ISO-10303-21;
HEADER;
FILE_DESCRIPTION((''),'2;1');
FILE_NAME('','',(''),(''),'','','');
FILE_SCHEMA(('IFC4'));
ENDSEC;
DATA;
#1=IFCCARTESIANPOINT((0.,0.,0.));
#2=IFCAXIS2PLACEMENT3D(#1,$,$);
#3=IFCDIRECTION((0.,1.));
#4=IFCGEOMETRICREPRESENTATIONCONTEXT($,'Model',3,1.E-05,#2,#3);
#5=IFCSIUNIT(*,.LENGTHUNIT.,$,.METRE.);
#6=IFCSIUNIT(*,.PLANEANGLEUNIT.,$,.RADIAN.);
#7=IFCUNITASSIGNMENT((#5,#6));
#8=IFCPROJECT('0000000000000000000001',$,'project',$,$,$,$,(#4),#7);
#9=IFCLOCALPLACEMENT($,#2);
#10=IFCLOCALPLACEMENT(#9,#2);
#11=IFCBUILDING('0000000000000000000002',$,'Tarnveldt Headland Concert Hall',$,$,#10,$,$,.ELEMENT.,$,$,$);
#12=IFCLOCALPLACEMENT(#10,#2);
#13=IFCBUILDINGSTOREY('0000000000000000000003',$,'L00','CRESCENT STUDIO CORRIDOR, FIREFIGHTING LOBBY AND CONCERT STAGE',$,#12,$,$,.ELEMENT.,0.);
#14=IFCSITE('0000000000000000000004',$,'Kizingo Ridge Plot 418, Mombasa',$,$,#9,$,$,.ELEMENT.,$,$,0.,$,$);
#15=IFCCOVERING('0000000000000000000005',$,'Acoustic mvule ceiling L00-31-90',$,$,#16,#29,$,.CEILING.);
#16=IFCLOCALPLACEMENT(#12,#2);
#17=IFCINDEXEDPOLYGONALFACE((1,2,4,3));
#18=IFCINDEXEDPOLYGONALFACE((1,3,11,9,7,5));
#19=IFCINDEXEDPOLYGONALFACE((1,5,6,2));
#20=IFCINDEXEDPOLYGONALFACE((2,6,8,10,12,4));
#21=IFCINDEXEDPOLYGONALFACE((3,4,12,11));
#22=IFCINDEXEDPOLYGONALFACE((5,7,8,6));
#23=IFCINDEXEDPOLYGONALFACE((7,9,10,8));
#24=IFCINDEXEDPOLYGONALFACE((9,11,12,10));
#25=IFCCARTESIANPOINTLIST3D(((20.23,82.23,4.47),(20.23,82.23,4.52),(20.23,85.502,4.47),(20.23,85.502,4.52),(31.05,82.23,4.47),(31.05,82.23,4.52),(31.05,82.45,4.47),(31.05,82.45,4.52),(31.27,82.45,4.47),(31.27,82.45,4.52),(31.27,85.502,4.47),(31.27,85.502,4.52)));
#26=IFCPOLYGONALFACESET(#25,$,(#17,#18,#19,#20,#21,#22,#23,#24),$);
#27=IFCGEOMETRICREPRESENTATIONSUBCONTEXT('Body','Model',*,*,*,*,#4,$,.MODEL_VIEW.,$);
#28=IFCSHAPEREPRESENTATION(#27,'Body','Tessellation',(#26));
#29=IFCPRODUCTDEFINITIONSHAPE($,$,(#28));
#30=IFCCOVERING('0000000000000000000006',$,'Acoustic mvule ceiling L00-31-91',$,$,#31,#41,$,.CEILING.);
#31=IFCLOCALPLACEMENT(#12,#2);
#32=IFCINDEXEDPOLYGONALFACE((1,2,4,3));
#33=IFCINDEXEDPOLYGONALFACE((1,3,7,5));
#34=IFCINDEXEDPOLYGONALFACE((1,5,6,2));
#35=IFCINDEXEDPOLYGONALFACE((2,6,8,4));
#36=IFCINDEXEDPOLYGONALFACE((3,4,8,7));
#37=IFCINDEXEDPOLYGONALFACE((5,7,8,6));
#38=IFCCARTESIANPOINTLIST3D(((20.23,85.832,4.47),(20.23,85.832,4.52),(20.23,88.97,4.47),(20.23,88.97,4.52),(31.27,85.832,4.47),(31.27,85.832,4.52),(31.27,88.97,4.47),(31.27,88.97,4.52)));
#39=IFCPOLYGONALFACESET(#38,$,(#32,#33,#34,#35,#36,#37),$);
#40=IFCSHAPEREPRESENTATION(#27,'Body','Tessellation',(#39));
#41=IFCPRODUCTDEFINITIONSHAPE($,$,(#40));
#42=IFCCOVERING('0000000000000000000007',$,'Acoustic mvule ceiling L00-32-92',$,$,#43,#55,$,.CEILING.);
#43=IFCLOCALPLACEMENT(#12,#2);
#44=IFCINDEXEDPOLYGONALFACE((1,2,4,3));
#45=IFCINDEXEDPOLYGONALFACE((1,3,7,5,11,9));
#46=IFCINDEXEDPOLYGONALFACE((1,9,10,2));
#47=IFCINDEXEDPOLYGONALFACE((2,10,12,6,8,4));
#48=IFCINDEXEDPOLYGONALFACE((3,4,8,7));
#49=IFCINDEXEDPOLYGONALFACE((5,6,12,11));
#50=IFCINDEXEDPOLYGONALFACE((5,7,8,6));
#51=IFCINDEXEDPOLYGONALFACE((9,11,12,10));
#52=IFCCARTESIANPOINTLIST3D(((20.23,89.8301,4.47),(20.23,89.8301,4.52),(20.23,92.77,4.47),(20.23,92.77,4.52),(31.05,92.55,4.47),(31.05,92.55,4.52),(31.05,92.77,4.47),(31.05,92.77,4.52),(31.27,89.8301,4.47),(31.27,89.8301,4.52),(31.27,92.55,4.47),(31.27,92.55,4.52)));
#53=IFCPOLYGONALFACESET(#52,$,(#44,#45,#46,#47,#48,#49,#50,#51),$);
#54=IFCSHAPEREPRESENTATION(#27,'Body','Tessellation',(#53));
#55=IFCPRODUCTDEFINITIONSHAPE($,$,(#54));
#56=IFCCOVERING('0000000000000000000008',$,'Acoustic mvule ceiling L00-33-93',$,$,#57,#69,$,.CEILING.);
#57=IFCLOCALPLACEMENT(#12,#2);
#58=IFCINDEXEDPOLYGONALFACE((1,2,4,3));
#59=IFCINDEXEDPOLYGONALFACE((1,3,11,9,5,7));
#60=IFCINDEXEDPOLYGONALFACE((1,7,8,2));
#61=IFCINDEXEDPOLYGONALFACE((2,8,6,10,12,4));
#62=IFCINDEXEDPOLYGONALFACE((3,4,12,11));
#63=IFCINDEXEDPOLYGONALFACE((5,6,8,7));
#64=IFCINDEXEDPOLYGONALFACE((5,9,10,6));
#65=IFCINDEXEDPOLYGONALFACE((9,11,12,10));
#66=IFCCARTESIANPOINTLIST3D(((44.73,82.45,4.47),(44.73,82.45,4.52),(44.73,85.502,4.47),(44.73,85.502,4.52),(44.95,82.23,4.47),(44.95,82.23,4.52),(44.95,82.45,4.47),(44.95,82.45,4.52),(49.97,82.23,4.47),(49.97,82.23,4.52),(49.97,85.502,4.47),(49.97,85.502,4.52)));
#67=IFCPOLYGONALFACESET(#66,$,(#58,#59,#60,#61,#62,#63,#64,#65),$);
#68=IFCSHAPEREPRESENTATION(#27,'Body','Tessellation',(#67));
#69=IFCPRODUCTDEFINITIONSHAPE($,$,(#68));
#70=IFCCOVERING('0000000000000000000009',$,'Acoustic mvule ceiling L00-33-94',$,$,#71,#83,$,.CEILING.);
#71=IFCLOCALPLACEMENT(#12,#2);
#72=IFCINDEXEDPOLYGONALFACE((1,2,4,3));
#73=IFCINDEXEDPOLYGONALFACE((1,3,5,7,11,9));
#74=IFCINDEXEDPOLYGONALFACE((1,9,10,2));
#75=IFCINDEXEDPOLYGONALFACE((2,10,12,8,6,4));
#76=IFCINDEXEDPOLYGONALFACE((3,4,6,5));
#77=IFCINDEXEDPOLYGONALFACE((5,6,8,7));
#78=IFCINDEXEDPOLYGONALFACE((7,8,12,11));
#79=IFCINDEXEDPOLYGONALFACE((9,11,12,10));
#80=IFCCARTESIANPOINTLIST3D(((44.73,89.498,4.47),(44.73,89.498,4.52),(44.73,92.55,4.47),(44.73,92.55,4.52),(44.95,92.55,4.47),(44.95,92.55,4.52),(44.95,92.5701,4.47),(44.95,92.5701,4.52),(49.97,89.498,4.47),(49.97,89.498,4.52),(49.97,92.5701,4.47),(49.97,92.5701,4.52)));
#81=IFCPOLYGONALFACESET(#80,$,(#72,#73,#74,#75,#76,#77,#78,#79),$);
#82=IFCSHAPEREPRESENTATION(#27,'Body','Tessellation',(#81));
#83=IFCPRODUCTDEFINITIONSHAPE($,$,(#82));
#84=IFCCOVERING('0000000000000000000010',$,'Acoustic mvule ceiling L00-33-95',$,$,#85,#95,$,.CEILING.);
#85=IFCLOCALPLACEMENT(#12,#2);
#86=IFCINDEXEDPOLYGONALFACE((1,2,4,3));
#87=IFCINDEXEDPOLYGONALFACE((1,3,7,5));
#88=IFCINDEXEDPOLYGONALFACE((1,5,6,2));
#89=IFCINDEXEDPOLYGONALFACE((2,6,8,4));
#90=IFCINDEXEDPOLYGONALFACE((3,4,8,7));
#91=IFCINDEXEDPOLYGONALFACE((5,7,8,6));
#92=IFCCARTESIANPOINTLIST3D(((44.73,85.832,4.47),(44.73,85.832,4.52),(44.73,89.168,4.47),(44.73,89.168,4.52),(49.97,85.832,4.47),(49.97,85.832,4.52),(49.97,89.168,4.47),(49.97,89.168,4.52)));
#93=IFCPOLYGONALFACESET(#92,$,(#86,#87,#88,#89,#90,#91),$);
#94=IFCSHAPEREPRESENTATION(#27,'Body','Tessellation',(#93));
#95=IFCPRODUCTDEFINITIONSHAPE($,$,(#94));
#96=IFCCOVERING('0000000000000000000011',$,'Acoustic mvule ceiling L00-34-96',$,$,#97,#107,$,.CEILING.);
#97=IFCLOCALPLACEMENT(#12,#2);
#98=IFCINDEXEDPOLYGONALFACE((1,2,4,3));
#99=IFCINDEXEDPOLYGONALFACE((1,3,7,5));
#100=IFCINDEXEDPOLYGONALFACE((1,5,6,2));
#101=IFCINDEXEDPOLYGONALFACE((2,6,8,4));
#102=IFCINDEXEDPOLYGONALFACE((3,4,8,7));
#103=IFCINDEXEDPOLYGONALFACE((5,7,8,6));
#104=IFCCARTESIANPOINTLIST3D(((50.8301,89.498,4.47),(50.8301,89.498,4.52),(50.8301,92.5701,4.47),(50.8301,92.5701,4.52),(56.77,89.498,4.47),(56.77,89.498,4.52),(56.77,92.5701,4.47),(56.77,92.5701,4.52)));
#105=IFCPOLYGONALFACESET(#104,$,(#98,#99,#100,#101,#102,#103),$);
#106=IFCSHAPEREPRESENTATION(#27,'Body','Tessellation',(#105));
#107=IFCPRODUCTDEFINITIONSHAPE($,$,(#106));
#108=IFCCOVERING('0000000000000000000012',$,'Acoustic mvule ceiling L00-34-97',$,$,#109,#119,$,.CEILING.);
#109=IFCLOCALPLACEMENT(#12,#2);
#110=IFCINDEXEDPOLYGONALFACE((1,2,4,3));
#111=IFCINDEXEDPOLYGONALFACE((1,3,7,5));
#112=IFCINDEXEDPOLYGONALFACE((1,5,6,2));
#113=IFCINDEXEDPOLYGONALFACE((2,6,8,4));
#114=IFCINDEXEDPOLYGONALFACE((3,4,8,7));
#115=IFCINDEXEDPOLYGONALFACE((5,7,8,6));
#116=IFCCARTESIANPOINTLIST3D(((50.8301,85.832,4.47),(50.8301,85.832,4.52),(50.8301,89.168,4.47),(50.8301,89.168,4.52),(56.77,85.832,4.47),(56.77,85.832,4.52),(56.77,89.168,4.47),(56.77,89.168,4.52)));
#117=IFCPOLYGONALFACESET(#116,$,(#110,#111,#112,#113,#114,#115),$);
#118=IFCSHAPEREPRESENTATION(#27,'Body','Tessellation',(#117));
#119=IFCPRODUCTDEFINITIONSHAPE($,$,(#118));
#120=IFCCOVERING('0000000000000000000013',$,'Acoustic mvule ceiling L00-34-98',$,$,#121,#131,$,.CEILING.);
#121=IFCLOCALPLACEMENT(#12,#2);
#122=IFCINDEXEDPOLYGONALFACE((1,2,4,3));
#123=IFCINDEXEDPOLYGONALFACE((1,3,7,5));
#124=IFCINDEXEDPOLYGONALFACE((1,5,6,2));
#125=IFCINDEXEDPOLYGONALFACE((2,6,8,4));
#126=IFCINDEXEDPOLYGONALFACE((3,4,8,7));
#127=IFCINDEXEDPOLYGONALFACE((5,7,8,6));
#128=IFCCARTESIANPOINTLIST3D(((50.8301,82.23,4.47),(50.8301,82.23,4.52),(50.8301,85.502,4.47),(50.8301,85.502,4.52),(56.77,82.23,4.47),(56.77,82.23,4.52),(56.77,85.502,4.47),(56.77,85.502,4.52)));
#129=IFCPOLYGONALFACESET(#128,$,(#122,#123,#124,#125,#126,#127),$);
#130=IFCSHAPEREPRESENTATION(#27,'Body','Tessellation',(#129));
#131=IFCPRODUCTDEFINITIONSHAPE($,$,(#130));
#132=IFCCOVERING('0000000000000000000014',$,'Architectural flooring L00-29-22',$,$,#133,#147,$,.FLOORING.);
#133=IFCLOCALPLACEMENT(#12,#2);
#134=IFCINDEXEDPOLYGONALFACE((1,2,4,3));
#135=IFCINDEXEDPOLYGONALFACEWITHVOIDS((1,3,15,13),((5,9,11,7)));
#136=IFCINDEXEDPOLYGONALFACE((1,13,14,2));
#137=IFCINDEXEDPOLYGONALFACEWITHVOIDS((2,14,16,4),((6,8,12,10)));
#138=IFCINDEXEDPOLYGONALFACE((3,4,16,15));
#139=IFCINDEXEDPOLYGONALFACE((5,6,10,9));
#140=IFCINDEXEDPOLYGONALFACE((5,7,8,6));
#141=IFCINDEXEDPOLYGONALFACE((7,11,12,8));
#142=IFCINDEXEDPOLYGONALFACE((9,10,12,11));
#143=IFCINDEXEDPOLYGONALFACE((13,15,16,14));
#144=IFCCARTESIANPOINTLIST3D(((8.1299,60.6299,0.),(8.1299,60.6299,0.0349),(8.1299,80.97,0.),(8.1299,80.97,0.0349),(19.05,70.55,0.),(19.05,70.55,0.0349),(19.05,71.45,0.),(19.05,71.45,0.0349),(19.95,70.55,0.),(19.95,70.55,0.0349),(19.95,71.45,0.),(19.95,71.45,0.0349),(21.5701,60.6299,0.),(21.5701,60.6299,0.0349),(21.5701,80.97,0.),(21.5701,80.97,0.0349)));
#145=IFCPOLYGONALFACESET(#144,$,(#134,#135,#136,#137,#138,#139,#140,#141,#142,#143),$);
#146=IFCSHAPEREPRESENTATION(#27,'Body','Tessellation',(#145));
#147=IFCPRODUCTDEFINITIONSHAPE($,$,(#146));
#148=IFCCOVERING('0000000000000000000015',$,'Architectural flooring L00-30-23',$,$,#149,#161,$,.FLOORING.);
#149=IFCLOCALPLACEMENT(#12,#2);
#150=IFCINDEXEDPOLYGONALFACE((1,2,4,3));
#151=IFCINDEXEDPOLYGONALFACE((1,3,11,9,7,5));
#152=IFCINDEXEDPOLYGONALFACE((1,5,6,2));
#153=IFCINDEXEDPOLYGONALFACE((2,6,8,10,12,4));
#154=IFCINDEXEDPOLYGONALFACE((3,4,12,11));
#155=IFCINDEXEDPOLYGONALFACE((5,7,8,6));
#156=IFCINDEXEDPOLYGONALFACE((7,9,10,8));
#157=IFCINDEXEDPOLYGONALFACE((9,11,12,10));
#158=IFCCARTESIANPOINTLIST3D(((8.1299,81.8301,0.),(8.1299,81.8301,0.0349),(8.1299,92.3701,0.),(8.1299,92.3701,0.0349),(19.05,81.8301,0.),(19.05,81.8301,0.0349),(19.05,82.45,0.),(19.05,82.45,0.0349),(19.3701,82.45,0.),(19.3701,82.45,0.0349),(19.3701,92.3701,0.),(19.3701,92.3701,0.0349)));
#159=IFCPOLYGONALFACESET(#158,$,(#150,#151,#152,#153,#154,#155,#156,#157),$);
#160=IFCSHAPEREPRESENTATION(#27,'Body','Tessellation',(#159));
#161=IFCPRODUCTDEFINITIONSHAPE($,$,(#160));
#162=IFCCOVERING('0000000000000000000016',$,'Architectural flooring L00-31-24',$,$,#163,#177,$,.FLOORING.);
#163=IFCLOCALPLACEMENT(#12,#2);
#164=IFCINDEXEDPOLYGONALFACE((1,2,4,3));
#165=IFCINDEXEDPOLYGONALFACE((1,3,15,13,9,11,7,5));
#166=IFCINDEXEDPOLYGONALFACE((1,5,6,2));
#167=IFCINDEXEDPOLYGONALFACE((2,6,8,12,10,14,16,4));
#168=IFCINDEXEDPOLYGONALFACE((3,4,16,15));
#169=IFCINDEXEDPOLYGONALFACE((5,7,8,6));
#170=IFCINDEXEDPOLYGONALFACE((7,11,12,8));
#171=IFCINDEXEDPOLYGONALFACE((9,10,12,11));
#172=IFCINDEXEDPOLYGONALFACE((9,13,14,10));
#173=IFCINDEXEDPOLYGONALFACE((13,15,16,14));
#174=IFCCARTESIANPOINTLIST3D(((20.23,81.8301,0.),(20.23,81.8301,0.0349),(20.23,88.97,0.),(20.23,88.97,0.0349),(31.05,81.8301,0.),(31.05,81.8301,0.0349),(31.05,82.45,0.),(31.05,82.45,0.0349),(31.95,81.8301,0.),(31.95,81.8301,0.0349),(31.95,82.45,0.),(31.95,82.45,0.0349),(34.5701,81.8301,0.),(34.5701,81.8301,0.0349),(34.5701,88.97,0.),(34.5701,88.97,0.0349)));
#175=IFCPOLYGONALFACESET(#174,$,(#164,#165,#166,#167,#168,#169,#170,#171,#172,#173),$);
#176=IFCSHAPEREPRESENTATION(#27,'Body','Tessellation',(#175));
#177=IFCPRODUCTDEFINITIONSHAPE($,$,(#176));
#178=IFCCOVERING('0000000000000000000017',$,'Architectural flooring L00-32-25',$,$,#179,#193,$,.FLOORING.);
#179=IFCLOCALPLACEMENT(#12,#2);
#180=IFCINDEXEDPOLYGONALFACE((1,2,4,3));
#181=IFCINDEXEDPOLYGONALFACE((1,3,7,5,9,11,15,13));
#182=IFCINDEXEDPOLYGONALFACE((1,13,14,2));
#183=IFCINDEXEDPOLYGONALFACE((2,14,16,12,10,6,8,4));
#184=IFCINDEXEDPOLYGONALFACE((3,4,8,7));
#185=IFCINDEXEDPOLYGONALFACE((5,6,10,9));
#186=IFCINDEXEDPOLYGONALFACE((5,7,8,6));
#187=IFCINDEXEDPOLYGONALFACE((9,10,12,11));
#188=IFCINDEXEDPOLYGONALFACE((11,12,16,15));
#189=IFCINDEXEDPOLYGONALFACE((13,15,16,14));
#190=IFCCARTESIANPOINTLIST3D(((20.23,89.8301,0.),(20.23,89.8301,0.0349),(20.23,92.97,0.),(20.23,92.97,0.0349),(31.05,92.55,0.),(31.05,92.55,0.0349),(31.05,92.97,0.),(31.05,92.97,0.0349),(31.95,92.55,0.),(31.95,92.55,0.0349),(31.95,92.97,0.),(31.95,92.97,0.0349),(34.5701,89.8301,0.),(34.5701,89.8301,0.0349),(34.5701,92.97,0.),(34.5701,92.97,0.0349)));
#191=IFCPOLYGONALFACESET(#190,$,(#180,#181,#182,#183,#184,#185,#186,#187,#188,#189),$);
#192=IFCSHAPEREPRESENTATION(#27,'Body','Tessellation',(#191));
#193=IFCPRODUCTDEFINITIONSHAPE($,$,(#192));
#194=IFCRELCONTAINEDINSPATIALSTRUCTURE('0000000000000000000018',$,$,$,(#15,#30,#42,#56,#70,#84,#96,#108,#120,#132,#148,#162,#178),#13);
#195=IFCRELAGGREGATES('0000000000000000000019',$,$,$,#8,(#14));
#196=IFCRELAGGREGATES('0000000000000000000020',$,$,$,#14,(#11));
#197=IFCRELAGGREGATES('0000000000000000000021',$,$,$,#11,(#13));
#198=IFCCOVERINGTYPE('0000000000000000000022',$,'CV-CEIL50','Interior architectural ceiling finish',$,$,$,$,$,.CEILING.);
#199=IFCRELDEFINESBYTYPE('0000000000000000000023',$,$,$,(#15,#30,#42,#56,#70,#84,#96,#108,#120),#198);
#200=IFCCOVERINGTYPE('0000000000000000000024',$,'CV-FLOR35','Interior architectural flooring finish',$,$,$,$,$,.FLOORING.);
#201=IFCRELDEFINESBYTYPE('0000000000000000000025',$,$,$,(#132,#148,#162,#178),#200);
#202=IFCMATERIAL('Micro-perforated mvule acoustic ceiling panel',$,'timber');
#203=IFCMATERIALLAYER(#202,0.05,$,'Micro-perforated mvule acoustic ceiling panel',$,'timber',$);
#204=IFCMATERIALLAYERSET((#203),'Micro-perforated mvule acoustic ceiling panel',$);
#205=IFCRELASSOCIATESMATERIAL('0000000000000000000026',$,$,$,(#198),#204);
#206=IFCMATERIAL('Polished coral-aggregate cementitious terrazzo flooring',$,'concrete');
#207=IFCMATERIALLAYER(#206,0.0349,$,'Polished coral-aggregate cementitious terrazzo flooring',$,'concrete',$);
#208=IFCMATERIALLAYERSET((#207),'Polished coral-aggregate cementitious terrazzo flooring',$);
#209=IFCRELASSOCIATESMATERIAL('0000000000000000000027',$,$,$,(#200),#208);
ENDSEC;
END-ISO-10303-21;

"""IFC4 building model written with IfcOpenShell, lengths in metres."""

from ifc_helpers import new_model, si_unit, direction, frame, origin, place, context, subcontext, project, spatial, polyline, outline, extrude, material, layer, layer_set, type_object, element, save


model = new_model("IFC4")

# Units and contexts
model_context = context("Model", 3, precision=1e-05, world=origin(), true_north=direction((0.0, 1.0)))
body_context = subcontext(model_context, "Body", "Model", "MODEL_VIEW")
ifc_project = project(units=[si_unit("LENGTHUNIT", "METRE"), si_unit("PLANEANGLEUNIT", "RADIAN")], contexts=[model_context])

# Site, building, storey
site_placement = place(None, origin())
site = spatial("IfcSite", under=ifc_project, at=site_placement, Name="Kizingo Ridge Plot 418, Mombasa", CompositionType="ELEMENT", RefElevation=0.0)
building_placement = place(site_placement, origin())
building = spatial("IfcBuilding", under=site, at=building_placement, Name="Tarnveldt Headland Concert Hall", CompositionType="ELEMENT")
storey_placement = place(building_placement, origin())
storey = spatial("IfcBuildingStorey", under=building, at=storey_placement, Name="L00", Description="CRESCENT STUDIO CORRIDOR, FIREFIGHTING LOBBY AND CONCERT STAGE", CompositionType="ELEMENT", Elevation=0.0)

# Coverings
ifc_material_1 = material(Name="Micro-perforated mvule acoustic ceiling panel", Category="timber")
ifc_layer_1 = layer(ifc_material_1, 0.05, Name="Micro-perforated mvule acoustic ceiling panel", Category="timber")
ifc_layer_set_1 = layer_set([ifc_layer_1], Name="Micro-perforated mvule acoustic ceiling panel")
covering_type_1 = type_object("IfcCoveringType", Name="CV-CEIL50", Description="Interior architectural ceiling finish", PredefinedType="CEILING", material=ifc_layer_set_1)
covering_1_placement = place(storey_placement, frame((0.0, 0.0, 4.47)))
element("IfcCovering", 1, at=covering_1_placement, inside=storey, type_object=covering_type_1, Name="Acoustic mvule ceiling L00-31-90", PredefinedType="CEILING", context=body_context, shape_type="SweptSolid", body=[
    extrude(outline(polyline([(20.23, 82.23), (20.23, 85.502), (31.27, 85.502), (31.27, 82.45), (31.05, 82.45), (31.05, 82.23), (20.23, 82.23)])), origin(), (0.0, 0.0, 1.0), 0.05),
])
covering_2_placement = place(storey_placement, frame((0.0, 0.0, 4.47)))
element("IfcCovering", 2, at=covering_2_placement, inside=storey, type_object=covering_type_1, Name="Acoustic mvule ceiling L00-31-91", PredefinedType="CEILING", context=body_context, shape_type="SweptSolid", body=[
    extrude(outline(polyline([(31.27, 88.97), (31.27, 85.832), (20.23, 85.832), (20.23, 88.97), (31.27, 88.97)])), origin(), (0.0, 0.0, 1.0), 0.05),
])
covering_3_placement = place(storey_placement, frame((0.0, 0.0, 4.47)))
element("IfcCovering", 3, at=covering_3_placement, inside=storey, type_object=covering_type_1, Name="Acoustic mvule ceiling L00-32-92", PredefinedType="CEILING", context=body_context, shape_type="SweptSolid", body=[
    extrude(outline(polyline([(20.23, 92.77), (31.05, 92.77), (31.05, 92.55), (31.27, 92.55), (31.27, 89.8301), (20.23, 89.8301), (20.23, 92.77)])), origin(), (0.0, 0.0, 1.0), 0.05),
])
covering_4_placement = place(storey_placement, frame((0.0, 0.0, 4.47)))
element("IfcCovering", 4, at=covering_4_placement, inside=storey, type_object=covering_type_1, Name="Acoustic mvule ceiling L00-33-93", PredefinedType="CEILING", context=body_context, shape_type="SweptSolid", body=[
    extrude(outline(polyline([(44.73, 82.45), (44.73, 85.502), (49.97, 85.502), (49.97, 82.23), (44.95, 82.23), (44.95, 82.45), (44.73, 82.45)])), origin(), (0.0, 0.0, 1.0), 0.05),
])
covering_5_placement = place(storey_placement, frame((0.0, 0.0, 4.47)))
element("IfcCovering", 5, at=covering_5_placement, inside=storey, type_object=covering_type_1, Name="Acoustic mvule ceiling L00-33-94", PredefinedType="CEILING", context=body_context, shape_type="SweptSolid", body=[
    extrude(outline(polyline([(44.95, 92.5701), (49.97, 92.5701), (49.97, 89.498), (44.73, 89.498), (44.73, 92.55), (44.95, 92.55), (44.95, 92.5701)])), origin(), (0.0, 0.0, 1.0), 0.05),
])
covering_6_placement = place(storey_placement, frame((0.0, 0.0, 4.47)))
element("IfcCovering", 6, at=covering_6_placement, inside=storey, type_object=covering_type_1, Name="Acoustic mvule ceiling L00-33-95", PredefinedType="CEILING", context=body_context, shape_type="SweptSolid", body=[
    extrude(outline(polyline([(44.73, 85.832), (44.73, 89.168), (49.97, 89.168), (49.97, 85.832), (44.73, 85.832)])), origin(), (0.0, 0.0, 1.0), 0.05),
])
covering_7_placement = place(storey_placement, frame((0.0, 0.0, 4.47)))
element("IfcCovering", 7, at=covering_7_placement, inside=storey, type_object=covering_type_1, Name="Acoustic mvule ceiling L00-34-96", PredefinedType="CEILING", context=body_context, shape_type="SweptSolid", body=[
    extrude(outline(polyline([(50.8301, 89.498), (50.8301, 92.5701), (56.77, 92.5701), (56.77, 89.498), (50.8301, 89.498)])), origin(), (0.0, 0.0, 1.0), 0.05),
])
covering_8_placement = place(storey_placement, frame((0.0, 0.0, 4.47)))
element("IfcCovering", 8, at=covering_8_placement, inside=storey, type_object=covering_type_1, Name="Acoustic mvule ceiling L00-34-97", PredefinedType="CEILING", context=body_context, shape_type="SweptSolid", body=[
    extrude(outline(polyline([(50.8301, 85.832), (50.8301, 89.168), (56.77, 89.168), (56.77, 85.832), (50.8301, 85.832)])), origin(), (0.0, 0.0, 1.0), 0.05),
])
covering_9_placement = place(storey_placement, frame((0.0, 0.0, 4.47)))
element("IfcCovering", 9, at=covering_9_placement, inside=storey, type_object=covering_type_1, Name="Acoustic mvule ceiling L00-34-98", PredefinedType="CEILING", context=body_context, shape_type="SweptSolid", body=[
    extrude(outline(polyline([(50.8301, 85.502), (56.77, 85.502), (56.77, 82.23), (50.8301, 82.23), (50.8301, 85.502)])), origin(), (0.0, 0.0, 1.0), 0.05),
])
ifc_material_2 = material(Name="Polished coral-aggregate cementitious terrazzo flooring", Category="concrete")
ifc_layer_2 = layer(ifc_material_2, 0.0349, Name="Polished coral-aggregate cementitious terrazzo flooring", Category="concrete")
ifc_layer_set_2 = layer_set([ifc_layer_2], Name="Polished coral-aggregate cementitious terrazzo flooring")
covering_type_2 = type_object("IfcCoveringType", Name="CV-FLOR35", Description="Interior architectural flooring finish", PredefinedType="FLOORING", material=ifc_layer_set_2)
covering_10_placement = place(storey_placement, origin())
element("IfcCovering", 10, at=covering_10_placement, inside=storey, type_object=covering_type_2, Name="Architectural flooring L00-29-22", PredefinedType="FLOORING", context=body_context, shape_type="SweptSolid", body=[
    extrude(outline(polyline([(21.5701, 80.97), (21.5701, 60.6299), (8.1299, 60.6299), (8.1299, 80.97), (21.5701, 80.97)]), holes=[polyline([(19.05, 71.45), (19.05, 70.55), (19.95, 70.55), (19.95, 71.45), (19.05, 71.45)])]), origin(), (0.0, 0.0, 1.0), 0.0349),
])
covering_11_placement = place(storey_placement, origin())
element("IfcCovering", 11, at=covering_11_placement, inside=storey, type_object=covering_type_2, Name="Architectural flooring L00-30-23", PredefinedType="FLOORING", context=body_context, shape_type="SweptSolid", body=[
    extrude(outline(polyline([(19.3701, 92.3701), (19.3701, 82.45), (19.05, 82.45), (19.05, 81.8301), (8.1299, 81.8301), (8.1299, 92.3701), (19.3701, 92.3701)])), origin(), (0.0, 0.0, 1.0), 0.0349),
])
covering_12_placement = place(storey_placement, origin())
element("IfcCovering", 12, at=covering_12_placement, inside=storey, type_object=covering_type_2, Name="Architectural flooring L00-31-24", PredefinedType="FLOORING", context=body_context, shape_type="SweptSolid", body=[
    extrude(outline(polyline([(34.5701, 88.97), (34.5701, 81.8301), (31.95, 81.8301), (31.95, 82.45), (31.05, 82.45), (31.05, 81.8301), (20.23, 81.8301), (20.23, 88.97), (34.5701, 88.97)])), origin(), (0.0, 0.0, 1.0), 0.0349),
])
covering_13_placement = place(storey_placement, origin())
element("IfcCovering", 13, at=covering_13_placement, inside=storey, type_object=covering_type_2, Name="Architectural flooring L00-32-25", PredefinedType="FLOORING", context=body_context, shape_type="SweptSolid", body=[
    extrude(outline(polyline([(31.05, 92.97), (31.05, 92.55), (31.95, 92.55), (31.95, 92.97), (34.5701, 92.97), (34.5701, 89.8301), (20.23, 89.8301), (20.23, 92.97), (31.05, 92.97)])), origin(), (0.0, 0.0, 1.0), 0.0349),
])

save(model, "model.ifc")
